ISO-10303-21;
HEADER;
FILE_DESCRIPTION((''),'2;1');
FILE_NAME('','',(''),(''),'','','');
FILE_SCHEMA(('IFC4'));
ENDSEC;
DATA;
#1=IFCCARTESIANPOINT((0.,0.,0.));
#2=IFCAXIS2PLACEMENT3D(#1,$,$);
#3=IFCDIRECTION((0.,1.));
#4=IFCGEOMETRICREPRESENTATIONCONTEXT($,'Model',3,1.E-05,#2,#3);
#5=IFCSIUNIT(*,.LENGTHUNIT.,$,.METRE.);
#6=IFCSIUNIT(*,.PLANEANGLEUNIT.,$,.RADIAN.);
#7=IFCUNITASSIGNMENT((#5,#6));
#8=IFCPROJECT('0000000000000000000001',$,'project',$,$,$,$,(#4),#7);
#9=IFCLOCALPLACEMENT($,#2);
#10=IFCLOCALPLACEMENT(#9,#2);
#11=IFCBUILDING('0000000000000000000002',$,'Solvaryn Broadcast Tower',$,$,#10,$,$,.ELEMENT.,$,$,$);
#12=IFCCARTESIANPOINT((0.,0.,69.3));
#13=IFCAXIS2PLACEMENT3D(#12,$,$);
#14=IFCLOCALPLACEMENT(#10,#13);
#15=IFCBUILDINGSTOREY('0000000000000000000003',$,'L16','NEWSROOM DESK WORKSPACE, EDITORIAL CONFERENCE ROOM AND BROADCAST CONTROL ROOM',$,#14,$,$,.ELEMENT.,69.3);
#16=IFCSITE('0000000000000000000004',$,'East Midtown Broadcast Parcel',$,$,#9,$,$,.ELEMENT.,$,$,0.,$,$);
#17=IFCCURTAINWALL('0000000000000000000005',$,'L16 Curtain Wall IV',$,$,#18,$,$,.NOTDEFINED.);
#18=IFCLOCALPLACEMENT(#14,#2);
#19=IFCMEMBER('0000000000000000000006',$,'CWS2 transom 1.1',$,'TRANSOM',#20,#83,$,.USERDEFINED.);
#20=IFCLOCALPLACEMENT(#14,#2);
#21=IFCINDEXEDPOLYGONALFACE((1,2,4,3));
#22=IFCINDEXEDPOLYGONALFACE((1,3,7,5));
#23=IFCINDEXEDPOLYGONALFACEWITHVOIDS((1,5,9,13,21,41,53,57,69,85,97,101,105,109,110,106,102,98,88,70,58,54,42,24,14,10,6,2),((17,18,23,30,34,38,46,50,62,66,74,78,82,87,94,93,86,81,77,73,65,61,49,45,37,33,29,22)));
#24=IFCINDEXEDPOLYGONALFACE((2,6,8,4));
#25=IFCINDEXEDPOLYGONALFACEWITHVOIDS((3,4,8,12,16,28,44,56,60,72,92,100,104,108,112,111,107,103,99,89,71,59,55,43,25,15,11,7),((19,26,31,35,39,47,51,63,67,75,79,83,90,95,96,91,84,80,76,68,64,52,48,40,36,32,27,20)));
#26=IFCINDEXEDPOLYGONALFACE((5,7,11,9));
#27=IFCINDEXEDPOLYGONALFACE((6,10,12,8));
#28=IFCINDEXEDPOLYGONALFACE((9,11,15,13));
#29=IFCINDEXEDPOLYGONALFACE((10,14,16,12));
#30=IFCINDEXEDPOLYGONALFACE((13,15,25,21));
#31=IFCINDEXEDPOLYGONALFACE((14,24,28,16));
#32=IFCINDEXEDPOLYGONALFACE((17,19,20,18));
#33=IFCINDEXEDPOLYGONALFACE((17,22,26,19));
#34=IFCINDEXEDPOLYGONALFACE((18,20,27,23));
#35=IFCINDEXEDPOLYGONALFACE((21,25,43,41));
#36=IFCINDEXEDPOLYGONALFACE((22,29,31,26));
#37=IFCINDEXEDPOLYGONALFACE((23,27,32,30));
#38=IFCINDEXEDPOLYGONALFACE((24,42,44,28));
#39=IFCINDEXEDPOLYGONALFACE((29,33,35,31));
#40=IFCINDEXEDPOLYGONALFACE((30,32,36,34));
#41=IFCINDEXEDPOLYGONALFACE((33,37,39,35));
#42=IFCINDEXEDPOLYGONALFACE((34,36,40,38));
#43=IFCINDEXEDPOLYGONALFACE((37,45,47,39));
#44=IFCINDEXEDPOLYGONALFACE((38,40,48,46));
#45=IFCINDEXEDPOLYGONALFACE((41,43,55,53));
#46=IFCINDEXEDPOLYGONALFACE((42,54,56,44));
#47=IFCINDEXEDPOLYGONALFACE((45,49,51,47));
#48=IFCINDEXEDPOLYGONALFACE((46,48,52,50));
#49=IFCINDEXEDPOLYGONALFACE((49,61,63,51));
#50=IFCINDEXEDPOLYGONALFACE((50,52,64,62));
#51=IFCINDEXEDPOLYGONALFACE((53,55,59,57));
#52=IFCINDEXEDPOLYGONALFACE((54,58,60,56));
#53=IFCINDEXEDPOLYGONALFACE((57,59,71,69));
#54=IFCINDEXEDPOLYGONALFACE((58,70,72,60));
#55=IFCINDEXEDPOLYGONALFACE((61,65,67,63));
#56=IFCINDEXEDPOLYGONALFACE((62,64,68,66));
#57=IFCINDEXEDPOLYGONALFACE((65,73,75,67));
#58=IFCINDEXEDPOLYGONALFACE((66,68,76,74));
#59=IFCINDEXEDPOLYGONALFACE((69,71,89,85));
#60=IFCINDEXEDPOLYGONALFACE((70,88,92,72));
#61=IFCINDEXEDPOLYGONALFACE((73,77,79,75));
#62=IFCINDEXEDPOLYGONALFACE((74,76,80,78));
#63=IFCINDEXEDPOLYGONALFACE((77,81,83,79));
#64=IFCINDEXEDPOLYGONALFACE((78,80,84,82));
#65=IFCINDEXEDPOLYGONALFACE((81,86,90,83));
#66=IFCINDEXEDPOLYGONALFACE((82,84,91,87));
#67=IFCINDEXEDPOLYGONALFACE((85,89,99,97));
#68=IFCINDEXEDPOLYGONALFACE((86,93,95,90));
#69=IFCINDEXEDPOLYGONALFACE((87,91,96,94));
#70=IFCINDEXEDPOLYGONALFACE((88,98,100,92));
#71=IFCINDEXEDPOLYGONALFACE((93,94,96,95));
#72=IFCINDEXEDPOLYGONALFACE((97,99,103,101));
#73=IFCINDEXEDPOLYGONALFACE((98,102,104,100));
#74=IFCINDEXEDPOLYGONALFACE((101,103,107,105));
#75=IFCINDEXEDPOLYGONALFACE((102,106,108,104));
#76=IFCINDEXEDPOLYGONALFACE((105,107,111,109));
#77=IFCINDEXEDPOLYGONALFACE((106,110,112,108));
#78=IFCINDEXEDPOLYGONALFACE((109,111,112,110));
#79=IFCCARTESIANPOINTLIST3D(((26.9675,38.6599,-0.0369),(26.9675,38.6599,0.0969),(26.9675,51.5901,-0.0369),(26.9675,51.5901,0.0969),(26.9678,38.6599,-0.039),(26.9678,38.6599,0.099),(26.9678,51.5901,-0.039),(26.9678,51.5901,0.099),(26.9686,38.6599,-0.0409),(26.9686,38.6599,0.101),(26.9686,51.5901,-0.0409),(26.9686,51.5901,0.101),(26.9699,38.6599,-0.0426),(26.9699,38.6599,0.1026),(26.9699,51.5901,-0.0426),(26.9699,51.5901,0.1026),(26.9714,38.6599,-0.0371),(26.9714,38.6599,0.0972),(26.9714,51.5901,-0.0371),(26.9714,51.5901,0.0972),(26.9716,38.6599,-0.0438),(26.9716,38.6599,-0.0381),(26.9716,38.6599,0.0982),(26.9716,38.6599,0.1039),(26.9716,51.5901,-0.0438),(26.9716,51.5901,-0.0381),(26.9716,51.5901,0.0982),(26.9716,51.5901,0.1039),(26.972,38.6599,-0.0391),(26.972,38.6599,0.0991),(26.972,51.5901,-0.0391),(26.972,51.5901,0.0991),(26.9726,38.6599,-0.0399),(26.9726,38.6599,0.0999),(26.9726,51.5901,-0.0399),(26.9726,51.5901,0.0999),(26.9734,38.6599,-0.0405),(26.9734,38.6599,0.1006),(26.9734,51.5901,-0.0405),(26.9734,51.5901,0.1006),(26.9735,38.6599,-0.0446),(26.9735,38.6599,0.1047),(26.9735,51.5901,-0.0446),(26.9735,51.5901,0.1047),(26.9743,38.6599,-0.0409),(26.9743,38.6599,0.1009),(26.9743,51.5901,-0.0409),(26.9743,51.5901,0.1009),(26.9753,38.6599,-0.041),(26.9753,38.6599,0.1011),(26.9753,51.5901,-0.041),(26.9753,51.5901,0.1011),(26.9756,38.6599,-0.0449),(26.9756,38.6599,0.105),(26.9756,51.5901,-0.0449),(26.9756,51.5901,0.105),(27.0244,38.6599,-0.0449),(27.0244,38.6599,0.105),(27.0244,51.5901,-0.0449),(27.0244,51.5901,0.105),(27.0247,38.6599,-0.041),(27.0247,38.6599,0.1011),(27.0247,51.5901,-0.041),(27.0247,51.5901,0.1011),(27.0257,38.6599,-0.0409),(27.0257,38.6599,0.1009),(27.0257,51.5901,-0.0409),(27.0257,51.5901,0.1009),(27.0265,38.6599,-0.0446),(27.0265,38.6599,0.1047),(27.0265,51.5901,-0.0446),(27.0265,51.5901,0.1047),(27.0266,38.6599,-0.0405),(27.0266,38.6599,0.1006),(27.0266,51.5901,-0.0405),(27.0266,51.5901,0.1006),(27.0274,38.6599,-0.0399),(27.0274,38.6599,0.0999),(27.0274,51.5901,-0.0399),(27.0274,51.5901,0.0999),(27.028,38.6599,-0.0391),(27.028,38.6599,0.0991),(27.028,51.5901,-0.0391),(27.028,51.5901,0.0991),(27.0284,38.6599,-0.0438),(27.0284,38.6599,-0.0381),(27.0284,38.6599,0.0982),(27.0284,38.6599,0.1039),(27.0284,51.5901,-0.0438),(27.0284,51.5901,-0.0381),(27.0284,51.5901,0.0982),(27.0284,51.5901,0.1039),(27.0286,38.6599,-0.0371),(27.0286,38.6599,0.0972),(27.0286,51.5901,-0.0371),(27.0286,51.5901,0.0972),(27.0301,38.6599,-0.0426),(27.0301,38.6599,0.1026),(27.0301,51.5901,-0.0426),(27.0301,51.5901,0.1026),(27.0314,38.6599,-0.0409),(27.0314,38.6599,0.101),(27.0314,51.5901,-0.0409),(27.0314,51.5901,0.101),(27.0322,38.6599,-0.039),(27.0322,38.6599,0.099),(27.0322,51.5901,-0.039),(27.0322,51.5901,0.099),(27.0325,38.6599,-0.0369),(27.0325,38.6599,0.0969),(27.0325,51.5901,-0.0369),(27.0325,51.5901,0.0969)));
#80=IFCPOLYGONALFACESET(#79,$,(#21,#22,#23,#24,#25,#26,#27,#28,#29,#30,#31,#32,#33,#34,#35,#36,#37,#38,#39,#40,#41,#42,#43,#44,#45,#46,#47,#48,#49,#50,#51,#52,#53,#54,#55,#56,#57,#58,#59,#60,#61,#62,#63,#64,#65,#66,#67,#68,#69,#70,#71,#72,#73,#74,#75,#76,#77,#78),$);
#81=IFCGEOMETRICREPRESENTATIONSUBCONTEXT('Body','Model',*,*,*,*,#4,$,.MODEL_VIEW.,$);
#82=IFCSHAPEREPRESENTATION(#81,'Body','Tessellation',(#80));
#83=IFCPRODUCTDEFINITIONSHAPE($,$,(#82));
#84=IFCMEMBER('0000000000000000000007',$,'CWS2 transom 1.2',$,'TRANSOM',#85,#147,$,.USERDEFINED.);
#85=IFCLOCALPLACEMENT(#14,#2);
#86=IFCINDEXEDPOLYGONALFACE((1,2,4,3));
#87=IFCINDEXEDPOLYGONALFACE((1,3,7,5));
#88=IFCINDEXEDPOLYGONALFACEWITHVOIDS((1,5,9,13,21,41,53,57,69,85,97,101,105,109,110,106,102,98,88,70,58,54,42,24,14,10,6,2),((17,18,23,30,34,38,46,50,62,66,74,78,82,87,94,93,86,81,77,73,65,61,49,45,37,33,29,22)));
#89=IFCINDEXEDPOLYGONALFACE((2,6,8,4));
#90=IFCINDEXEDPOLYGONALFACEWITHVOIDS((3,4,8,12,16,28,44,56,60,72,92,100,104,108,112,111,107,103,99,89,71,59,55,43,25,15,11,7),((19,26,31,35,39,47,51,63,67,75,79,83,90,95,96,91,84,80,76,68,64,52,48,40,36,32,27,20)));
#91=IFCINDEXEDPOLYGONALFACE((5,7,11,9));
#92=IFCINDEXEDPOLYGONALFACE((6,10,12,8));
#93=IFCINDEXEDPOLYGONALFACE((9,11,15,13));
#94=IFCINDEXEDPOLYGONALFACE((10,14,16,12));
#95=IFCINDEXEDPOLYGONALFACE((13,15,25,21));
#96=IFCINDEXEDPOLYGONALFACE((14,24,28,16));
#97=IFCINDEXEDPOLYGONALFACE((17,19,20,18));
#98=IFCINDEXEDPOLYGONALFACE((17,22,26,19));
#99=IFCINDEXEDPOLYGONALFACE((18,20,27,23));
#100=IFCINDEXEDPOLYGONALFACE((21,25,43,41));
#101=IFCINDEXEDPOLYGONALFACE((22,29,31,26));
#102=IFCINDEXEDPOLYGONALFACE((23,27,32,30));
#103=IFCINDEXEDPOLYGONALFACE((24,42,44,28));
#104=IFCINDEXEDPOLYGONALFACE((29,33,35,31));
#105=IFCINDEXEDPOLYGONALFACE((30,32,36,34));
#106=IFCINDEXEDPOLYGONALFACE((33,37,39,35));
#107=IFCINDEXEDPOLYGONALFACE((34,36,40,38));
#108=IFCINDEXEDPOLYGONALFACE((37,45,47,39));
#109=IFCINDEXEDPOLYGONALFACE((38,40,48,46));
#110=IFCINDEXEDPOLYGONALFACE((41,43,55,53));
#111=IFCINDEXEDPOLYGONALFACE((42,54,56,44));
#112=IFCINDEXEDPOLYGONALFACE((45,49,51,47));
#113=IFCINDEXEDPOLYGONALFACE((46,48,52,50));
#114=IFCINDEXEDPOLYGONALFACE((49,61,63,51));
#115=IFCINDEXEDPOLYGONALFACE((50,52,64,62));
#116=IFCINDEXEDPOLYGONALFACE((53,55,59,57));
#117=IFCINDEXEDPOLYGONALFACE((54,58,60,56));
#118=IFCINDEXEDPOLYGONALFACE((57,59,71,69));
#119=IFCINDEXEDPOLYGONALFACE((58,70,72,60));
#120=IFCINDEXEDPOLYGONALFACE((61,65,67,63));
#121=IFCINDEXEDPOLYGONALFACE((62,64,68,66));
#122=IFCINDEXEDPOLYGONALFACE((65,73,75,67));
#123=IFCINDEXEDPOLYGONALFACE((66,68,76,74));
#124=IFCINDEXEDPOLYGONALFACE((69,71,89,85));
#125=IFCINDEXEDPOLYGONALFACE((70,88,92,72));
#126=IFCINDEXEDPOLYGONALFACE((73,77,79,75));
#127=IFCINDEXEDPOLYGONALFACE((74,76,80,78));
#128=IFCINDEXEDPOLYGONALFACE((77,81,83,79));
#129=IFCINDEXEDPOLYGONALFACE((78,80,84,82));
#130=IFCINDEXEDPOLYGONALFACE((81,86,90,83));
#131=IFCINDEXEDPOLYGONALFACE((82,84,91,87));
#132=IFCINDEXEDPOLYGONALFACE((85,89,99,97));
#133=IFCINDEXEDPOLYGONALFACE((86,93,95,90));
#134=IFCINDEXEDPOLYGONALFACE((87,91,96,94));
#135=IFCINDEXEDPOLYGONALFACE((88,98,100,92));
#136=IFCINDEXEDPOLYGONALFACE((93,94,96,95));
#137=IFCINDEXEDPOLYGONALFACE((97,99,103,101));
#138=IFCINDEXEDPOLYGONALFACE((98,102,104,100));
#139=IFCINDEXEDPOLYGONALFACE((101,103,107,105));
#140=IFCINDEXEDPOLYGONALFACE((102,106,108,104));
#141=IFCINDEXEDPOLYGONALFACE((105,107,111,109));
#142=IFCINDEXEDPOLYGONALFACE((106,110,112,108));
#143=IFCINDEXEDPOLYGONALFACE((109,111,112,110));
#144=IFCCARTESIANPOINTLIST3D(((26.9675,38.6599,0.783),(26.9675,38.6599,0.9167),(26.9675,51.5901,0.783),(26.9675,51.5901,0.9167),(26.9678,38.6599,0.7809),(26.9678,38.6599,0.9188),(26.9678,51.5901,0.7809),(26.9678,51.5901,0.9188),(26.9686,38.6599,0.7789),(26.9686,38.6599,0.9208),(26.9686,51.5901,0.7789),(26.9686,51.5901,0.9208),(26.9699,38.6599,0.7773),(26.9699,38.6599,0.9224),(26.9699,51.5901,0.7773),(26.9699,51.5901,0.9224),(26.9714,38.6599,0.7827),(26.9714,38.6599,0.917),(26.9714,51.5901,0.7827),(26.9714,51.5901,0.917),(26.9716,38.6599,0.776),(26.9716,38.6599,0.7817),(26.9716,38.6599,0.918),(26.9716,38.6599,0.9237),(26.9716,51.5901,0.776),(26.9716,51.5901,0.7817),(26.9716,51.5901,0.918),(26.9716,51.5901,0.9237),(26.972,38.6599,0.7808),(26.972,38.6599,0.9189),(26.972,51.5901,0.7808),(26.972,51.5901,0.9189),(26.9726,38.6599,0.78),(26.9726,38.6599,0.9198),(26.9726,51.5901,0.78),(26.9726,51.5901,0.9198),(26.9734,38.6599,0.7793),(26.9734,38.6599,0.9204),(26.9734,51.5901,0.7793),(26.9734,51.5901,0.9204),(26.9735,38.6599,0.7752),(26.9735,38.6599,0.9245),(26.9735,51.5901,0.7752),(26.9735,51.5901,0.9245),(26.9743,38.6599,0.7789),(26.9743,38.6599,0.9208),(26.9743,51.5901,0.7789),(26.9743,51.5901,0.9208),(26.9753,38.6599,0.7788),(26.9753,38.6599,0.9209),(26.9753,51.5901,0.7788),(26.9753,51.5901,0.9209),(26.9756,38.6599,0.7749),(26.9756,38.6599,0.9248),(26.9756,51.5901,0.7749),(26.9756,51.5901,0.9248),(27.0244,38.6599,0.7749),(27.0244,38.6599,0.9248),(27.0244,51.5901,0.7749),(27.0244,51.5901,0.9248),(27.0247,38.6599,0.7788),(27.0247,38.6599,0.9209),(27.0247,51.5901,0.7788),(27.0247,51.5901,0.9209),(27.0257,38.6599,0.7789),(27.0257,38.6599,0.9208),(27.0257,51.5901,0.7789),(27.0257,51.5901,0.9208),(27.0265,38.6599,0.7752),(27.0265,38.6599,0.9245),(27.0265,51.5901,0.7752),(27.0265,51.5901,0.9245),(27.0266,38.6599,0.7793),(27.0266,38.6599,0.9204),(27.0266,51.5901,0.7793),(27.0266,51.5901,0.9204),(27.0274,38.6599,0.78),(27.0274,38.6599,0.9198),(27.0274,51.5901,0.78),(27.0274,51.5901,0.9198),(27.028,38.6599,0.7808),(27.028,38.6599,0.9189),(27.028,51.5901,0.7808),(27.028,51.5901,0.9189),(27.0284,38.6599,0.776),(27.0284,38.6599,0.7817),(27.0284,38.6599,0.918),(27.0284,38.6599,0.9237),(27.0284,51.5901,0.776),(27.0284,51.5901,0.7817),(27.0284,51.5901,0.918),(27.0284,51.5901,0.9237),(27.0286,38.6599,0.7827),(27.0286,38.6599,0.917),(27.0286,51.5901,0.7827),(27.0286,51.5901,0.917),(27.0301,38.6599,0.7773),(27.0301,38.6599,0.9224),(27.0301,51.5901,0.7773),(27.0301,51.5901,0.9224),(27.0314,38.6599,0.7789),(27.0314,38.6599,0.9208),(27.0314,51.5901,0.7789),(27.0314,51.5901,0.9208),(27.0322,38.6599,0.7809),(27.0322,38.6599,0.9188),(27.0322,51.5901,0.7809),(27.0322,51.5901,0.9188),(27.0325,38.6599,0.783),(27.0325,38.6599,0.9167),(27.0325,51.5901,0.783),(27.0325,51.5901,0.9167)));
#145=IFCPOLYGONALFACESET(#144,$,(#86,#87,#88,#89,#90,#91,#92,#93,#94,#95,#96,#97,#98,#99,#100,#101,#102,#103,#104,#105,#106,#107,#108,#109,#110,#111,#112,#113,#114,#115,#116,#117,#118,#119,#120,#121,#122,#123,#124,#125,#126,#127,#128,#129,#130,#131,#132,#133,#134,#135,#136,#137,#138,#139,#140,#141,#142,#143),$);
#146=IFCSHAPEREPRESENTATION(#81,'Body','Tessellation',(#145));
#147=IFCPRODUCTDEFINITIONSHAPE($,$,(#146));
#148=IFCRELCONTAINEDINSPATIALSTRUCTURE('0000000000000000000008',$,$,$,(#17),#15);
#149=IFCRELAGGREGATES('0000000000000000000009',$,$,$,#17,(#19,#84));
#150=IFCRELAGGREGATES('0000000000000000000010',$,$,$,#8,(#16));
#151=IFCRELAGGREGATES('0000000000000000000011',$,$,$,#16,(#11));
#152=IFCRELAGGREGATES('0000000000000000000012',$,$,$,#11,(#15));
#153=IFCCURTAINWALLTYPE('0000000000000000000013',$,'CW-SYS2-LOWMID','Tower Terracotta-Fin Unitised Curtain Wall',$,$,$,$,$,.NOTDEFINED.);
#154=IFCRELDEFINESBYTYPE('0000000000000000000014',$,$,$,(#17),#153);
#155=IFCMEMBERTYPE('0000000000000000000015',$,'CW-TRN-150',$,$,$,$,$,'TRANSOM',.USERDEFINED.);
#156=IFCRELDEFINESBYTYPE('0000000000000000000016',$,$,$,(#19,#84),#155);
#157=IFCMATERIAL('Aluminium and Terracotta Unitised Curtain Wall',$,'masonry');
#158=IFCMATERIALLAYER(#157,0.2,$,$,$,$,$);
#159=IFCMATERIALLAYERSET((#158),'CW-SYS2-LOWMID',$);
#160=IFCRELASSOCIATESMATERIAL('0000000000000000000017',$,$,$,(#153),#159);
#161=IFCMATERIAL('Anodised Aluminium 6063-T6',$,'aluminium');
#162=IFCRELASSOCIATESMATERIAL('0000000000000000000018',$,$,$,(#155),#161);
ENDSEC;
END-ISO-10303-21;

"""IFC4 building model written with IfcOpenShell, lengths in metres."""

from ifc_helpers import new_model, si_unit, direction, frame, origin, origin_2d, place, context, subcontext, project, spatial, hollow_rectangle, extrude, material, layer, layer_set, material_profile, profile_set, type_object, element, aggregate, save


model = new_model("IFC4")

# Units and contexts
model_context = context("Model", 3, precision=1e-05, world=origin(), true_north=direction((0.0, 1.0)))
body_context = subcontext(model_context, "Body", "Model", "MODEL_VIEW")
ifc_project = project(units=[si_unit("LENGTHUNIT", "METRE"), si_unit("PLANEANGLEUNIT", "RADIAN")], contexts=[model_context])

# Site, building, storey
site_placement = place(None, origin())
site = spatial("IfcSite", under=ifc_project, at=site_placement, Name="East Midtown Broadcast Parcel", CompositionType="ELEMENT", RefElevation=0.0)
building_placement = place(site_placement, origin())
building = spatial("IfcBuilding", under=site, at=building_placement, Name="Solvaryn Broadcast Tower", CompositionType="ELEMENT")
storey_placement = place(building_placement, frame((0.0, 0.0, 69.3)))
storey = spatial("IfcBuildingStorey", under=building, at=storey_placement, Name="L16", Description="NEWSROOM DESK WORKSPACE, EDITORIAL CONFERENCE ROOM AND BROADCAST CONTROL ROOM", CompositionType="ELEMENT", Elevation=69.3)

# Curtain wall
ifc_material_1 = material(Name="Aluminium and Terracotta Unitised Curtain Wall", Category="masonry")
ifc_layer_1 = layer(ifc_material_1, 0.2)
ifc_layer_set_1 = layer_set([ifc_layer_1], Name="CW-SYS2-LOWMID")
curtain_wall_type = type_object("IfcCurtainWallType", Name="CW-SYS2-LOWMID", Description="Tower Terracotta-Fin Unitised Curtain Wall", PredefinedType="NOTDEFINED", material=ifc_layer_set_1)
curtain_wall_1_placement = place(storey_placement, origin())
curtain_wall_1 = element("IfcCurtainWall", 1, at=curtain_wall_1_placement, inside=storey, type_object=curtain_wall_type, Name="L16 Curtain Wall IV", PredefinedType="NOTDEFINED")

# Members
ifc_material_2 = material(Name="Anodised Aluminium 6063-T6", Category="aluminium")
ifc_material_profile_1 = material_profile(ifc_material_2, hollow_rectangle(XDim=0.0649, YDim=0.1499, WallThickness=0.0039, InnerFilletRadius=0.0039, OuterFilletRadius=0.0081, at=origin_2d()))
ifc_profile_set_1 = profile_set([ifc_material_profile_1], Name="Anodised Aluminium 6063-T6")
member_type_1 = type_object("IfcMemberType", Name="CW-TRN-150", ElementType="TRANSOM", PredefinedType="USERDEFINED", material=ifc_profile_set_1)
member_1_placement = place(storey_placement, frame((27.0, 51.5901, 0.03), z_axis=(0.0, -1.0, 0.0), x_axis=(1.0, 0.0, 0.0)))
member_1 = element("IfcMember", 2, at=member_1_placement, type_object=member_type_1, Name="CWS2 transom 1.1", ObjectType="TRANSOM", PredefinedType="USERDEFINED", context=body_context, shape_type="SweptSolid", body=[
    extrude(hollow_rectangle(XDim=0.0649, YDim=0.1499, WallThickness=0.0039, InnerFilletRadius=0.0039, OuterFilletRadius=0.0081, at=origin_2d()), origin(), (0.0, 0.0, 1.0), 12.9302),
])
member_2_placement = place(storey_placement, frame((27.0, 51.5901, 0.8499), z_axis=(0.0, -1.0, 0.0), x_axis=(1.0, 0.0, 0.0)))
member_2 = element("IfcMember", 3, at=member_2_placement, type_object=member_type_1, Name="CWS2 transom 1.2", ObjectType="TRANSOM", PredefinedType="USERDEFINED", context=body_context, shape_type="SweptSolid", body=[
    extrude(hollow_rectangle(XDim=0.0649, YDim=0.1499, WallThickness=0.0039, InnerFilletRadius=0.0039, OuterFilletRadius=0.0081, at=origin_2d()), origin(), (0.0, 0.0, 1.0), 12.9302),
])

aggregate(curtain_wall_1, [member_1, member_2])

save(model, "model.ifc")
